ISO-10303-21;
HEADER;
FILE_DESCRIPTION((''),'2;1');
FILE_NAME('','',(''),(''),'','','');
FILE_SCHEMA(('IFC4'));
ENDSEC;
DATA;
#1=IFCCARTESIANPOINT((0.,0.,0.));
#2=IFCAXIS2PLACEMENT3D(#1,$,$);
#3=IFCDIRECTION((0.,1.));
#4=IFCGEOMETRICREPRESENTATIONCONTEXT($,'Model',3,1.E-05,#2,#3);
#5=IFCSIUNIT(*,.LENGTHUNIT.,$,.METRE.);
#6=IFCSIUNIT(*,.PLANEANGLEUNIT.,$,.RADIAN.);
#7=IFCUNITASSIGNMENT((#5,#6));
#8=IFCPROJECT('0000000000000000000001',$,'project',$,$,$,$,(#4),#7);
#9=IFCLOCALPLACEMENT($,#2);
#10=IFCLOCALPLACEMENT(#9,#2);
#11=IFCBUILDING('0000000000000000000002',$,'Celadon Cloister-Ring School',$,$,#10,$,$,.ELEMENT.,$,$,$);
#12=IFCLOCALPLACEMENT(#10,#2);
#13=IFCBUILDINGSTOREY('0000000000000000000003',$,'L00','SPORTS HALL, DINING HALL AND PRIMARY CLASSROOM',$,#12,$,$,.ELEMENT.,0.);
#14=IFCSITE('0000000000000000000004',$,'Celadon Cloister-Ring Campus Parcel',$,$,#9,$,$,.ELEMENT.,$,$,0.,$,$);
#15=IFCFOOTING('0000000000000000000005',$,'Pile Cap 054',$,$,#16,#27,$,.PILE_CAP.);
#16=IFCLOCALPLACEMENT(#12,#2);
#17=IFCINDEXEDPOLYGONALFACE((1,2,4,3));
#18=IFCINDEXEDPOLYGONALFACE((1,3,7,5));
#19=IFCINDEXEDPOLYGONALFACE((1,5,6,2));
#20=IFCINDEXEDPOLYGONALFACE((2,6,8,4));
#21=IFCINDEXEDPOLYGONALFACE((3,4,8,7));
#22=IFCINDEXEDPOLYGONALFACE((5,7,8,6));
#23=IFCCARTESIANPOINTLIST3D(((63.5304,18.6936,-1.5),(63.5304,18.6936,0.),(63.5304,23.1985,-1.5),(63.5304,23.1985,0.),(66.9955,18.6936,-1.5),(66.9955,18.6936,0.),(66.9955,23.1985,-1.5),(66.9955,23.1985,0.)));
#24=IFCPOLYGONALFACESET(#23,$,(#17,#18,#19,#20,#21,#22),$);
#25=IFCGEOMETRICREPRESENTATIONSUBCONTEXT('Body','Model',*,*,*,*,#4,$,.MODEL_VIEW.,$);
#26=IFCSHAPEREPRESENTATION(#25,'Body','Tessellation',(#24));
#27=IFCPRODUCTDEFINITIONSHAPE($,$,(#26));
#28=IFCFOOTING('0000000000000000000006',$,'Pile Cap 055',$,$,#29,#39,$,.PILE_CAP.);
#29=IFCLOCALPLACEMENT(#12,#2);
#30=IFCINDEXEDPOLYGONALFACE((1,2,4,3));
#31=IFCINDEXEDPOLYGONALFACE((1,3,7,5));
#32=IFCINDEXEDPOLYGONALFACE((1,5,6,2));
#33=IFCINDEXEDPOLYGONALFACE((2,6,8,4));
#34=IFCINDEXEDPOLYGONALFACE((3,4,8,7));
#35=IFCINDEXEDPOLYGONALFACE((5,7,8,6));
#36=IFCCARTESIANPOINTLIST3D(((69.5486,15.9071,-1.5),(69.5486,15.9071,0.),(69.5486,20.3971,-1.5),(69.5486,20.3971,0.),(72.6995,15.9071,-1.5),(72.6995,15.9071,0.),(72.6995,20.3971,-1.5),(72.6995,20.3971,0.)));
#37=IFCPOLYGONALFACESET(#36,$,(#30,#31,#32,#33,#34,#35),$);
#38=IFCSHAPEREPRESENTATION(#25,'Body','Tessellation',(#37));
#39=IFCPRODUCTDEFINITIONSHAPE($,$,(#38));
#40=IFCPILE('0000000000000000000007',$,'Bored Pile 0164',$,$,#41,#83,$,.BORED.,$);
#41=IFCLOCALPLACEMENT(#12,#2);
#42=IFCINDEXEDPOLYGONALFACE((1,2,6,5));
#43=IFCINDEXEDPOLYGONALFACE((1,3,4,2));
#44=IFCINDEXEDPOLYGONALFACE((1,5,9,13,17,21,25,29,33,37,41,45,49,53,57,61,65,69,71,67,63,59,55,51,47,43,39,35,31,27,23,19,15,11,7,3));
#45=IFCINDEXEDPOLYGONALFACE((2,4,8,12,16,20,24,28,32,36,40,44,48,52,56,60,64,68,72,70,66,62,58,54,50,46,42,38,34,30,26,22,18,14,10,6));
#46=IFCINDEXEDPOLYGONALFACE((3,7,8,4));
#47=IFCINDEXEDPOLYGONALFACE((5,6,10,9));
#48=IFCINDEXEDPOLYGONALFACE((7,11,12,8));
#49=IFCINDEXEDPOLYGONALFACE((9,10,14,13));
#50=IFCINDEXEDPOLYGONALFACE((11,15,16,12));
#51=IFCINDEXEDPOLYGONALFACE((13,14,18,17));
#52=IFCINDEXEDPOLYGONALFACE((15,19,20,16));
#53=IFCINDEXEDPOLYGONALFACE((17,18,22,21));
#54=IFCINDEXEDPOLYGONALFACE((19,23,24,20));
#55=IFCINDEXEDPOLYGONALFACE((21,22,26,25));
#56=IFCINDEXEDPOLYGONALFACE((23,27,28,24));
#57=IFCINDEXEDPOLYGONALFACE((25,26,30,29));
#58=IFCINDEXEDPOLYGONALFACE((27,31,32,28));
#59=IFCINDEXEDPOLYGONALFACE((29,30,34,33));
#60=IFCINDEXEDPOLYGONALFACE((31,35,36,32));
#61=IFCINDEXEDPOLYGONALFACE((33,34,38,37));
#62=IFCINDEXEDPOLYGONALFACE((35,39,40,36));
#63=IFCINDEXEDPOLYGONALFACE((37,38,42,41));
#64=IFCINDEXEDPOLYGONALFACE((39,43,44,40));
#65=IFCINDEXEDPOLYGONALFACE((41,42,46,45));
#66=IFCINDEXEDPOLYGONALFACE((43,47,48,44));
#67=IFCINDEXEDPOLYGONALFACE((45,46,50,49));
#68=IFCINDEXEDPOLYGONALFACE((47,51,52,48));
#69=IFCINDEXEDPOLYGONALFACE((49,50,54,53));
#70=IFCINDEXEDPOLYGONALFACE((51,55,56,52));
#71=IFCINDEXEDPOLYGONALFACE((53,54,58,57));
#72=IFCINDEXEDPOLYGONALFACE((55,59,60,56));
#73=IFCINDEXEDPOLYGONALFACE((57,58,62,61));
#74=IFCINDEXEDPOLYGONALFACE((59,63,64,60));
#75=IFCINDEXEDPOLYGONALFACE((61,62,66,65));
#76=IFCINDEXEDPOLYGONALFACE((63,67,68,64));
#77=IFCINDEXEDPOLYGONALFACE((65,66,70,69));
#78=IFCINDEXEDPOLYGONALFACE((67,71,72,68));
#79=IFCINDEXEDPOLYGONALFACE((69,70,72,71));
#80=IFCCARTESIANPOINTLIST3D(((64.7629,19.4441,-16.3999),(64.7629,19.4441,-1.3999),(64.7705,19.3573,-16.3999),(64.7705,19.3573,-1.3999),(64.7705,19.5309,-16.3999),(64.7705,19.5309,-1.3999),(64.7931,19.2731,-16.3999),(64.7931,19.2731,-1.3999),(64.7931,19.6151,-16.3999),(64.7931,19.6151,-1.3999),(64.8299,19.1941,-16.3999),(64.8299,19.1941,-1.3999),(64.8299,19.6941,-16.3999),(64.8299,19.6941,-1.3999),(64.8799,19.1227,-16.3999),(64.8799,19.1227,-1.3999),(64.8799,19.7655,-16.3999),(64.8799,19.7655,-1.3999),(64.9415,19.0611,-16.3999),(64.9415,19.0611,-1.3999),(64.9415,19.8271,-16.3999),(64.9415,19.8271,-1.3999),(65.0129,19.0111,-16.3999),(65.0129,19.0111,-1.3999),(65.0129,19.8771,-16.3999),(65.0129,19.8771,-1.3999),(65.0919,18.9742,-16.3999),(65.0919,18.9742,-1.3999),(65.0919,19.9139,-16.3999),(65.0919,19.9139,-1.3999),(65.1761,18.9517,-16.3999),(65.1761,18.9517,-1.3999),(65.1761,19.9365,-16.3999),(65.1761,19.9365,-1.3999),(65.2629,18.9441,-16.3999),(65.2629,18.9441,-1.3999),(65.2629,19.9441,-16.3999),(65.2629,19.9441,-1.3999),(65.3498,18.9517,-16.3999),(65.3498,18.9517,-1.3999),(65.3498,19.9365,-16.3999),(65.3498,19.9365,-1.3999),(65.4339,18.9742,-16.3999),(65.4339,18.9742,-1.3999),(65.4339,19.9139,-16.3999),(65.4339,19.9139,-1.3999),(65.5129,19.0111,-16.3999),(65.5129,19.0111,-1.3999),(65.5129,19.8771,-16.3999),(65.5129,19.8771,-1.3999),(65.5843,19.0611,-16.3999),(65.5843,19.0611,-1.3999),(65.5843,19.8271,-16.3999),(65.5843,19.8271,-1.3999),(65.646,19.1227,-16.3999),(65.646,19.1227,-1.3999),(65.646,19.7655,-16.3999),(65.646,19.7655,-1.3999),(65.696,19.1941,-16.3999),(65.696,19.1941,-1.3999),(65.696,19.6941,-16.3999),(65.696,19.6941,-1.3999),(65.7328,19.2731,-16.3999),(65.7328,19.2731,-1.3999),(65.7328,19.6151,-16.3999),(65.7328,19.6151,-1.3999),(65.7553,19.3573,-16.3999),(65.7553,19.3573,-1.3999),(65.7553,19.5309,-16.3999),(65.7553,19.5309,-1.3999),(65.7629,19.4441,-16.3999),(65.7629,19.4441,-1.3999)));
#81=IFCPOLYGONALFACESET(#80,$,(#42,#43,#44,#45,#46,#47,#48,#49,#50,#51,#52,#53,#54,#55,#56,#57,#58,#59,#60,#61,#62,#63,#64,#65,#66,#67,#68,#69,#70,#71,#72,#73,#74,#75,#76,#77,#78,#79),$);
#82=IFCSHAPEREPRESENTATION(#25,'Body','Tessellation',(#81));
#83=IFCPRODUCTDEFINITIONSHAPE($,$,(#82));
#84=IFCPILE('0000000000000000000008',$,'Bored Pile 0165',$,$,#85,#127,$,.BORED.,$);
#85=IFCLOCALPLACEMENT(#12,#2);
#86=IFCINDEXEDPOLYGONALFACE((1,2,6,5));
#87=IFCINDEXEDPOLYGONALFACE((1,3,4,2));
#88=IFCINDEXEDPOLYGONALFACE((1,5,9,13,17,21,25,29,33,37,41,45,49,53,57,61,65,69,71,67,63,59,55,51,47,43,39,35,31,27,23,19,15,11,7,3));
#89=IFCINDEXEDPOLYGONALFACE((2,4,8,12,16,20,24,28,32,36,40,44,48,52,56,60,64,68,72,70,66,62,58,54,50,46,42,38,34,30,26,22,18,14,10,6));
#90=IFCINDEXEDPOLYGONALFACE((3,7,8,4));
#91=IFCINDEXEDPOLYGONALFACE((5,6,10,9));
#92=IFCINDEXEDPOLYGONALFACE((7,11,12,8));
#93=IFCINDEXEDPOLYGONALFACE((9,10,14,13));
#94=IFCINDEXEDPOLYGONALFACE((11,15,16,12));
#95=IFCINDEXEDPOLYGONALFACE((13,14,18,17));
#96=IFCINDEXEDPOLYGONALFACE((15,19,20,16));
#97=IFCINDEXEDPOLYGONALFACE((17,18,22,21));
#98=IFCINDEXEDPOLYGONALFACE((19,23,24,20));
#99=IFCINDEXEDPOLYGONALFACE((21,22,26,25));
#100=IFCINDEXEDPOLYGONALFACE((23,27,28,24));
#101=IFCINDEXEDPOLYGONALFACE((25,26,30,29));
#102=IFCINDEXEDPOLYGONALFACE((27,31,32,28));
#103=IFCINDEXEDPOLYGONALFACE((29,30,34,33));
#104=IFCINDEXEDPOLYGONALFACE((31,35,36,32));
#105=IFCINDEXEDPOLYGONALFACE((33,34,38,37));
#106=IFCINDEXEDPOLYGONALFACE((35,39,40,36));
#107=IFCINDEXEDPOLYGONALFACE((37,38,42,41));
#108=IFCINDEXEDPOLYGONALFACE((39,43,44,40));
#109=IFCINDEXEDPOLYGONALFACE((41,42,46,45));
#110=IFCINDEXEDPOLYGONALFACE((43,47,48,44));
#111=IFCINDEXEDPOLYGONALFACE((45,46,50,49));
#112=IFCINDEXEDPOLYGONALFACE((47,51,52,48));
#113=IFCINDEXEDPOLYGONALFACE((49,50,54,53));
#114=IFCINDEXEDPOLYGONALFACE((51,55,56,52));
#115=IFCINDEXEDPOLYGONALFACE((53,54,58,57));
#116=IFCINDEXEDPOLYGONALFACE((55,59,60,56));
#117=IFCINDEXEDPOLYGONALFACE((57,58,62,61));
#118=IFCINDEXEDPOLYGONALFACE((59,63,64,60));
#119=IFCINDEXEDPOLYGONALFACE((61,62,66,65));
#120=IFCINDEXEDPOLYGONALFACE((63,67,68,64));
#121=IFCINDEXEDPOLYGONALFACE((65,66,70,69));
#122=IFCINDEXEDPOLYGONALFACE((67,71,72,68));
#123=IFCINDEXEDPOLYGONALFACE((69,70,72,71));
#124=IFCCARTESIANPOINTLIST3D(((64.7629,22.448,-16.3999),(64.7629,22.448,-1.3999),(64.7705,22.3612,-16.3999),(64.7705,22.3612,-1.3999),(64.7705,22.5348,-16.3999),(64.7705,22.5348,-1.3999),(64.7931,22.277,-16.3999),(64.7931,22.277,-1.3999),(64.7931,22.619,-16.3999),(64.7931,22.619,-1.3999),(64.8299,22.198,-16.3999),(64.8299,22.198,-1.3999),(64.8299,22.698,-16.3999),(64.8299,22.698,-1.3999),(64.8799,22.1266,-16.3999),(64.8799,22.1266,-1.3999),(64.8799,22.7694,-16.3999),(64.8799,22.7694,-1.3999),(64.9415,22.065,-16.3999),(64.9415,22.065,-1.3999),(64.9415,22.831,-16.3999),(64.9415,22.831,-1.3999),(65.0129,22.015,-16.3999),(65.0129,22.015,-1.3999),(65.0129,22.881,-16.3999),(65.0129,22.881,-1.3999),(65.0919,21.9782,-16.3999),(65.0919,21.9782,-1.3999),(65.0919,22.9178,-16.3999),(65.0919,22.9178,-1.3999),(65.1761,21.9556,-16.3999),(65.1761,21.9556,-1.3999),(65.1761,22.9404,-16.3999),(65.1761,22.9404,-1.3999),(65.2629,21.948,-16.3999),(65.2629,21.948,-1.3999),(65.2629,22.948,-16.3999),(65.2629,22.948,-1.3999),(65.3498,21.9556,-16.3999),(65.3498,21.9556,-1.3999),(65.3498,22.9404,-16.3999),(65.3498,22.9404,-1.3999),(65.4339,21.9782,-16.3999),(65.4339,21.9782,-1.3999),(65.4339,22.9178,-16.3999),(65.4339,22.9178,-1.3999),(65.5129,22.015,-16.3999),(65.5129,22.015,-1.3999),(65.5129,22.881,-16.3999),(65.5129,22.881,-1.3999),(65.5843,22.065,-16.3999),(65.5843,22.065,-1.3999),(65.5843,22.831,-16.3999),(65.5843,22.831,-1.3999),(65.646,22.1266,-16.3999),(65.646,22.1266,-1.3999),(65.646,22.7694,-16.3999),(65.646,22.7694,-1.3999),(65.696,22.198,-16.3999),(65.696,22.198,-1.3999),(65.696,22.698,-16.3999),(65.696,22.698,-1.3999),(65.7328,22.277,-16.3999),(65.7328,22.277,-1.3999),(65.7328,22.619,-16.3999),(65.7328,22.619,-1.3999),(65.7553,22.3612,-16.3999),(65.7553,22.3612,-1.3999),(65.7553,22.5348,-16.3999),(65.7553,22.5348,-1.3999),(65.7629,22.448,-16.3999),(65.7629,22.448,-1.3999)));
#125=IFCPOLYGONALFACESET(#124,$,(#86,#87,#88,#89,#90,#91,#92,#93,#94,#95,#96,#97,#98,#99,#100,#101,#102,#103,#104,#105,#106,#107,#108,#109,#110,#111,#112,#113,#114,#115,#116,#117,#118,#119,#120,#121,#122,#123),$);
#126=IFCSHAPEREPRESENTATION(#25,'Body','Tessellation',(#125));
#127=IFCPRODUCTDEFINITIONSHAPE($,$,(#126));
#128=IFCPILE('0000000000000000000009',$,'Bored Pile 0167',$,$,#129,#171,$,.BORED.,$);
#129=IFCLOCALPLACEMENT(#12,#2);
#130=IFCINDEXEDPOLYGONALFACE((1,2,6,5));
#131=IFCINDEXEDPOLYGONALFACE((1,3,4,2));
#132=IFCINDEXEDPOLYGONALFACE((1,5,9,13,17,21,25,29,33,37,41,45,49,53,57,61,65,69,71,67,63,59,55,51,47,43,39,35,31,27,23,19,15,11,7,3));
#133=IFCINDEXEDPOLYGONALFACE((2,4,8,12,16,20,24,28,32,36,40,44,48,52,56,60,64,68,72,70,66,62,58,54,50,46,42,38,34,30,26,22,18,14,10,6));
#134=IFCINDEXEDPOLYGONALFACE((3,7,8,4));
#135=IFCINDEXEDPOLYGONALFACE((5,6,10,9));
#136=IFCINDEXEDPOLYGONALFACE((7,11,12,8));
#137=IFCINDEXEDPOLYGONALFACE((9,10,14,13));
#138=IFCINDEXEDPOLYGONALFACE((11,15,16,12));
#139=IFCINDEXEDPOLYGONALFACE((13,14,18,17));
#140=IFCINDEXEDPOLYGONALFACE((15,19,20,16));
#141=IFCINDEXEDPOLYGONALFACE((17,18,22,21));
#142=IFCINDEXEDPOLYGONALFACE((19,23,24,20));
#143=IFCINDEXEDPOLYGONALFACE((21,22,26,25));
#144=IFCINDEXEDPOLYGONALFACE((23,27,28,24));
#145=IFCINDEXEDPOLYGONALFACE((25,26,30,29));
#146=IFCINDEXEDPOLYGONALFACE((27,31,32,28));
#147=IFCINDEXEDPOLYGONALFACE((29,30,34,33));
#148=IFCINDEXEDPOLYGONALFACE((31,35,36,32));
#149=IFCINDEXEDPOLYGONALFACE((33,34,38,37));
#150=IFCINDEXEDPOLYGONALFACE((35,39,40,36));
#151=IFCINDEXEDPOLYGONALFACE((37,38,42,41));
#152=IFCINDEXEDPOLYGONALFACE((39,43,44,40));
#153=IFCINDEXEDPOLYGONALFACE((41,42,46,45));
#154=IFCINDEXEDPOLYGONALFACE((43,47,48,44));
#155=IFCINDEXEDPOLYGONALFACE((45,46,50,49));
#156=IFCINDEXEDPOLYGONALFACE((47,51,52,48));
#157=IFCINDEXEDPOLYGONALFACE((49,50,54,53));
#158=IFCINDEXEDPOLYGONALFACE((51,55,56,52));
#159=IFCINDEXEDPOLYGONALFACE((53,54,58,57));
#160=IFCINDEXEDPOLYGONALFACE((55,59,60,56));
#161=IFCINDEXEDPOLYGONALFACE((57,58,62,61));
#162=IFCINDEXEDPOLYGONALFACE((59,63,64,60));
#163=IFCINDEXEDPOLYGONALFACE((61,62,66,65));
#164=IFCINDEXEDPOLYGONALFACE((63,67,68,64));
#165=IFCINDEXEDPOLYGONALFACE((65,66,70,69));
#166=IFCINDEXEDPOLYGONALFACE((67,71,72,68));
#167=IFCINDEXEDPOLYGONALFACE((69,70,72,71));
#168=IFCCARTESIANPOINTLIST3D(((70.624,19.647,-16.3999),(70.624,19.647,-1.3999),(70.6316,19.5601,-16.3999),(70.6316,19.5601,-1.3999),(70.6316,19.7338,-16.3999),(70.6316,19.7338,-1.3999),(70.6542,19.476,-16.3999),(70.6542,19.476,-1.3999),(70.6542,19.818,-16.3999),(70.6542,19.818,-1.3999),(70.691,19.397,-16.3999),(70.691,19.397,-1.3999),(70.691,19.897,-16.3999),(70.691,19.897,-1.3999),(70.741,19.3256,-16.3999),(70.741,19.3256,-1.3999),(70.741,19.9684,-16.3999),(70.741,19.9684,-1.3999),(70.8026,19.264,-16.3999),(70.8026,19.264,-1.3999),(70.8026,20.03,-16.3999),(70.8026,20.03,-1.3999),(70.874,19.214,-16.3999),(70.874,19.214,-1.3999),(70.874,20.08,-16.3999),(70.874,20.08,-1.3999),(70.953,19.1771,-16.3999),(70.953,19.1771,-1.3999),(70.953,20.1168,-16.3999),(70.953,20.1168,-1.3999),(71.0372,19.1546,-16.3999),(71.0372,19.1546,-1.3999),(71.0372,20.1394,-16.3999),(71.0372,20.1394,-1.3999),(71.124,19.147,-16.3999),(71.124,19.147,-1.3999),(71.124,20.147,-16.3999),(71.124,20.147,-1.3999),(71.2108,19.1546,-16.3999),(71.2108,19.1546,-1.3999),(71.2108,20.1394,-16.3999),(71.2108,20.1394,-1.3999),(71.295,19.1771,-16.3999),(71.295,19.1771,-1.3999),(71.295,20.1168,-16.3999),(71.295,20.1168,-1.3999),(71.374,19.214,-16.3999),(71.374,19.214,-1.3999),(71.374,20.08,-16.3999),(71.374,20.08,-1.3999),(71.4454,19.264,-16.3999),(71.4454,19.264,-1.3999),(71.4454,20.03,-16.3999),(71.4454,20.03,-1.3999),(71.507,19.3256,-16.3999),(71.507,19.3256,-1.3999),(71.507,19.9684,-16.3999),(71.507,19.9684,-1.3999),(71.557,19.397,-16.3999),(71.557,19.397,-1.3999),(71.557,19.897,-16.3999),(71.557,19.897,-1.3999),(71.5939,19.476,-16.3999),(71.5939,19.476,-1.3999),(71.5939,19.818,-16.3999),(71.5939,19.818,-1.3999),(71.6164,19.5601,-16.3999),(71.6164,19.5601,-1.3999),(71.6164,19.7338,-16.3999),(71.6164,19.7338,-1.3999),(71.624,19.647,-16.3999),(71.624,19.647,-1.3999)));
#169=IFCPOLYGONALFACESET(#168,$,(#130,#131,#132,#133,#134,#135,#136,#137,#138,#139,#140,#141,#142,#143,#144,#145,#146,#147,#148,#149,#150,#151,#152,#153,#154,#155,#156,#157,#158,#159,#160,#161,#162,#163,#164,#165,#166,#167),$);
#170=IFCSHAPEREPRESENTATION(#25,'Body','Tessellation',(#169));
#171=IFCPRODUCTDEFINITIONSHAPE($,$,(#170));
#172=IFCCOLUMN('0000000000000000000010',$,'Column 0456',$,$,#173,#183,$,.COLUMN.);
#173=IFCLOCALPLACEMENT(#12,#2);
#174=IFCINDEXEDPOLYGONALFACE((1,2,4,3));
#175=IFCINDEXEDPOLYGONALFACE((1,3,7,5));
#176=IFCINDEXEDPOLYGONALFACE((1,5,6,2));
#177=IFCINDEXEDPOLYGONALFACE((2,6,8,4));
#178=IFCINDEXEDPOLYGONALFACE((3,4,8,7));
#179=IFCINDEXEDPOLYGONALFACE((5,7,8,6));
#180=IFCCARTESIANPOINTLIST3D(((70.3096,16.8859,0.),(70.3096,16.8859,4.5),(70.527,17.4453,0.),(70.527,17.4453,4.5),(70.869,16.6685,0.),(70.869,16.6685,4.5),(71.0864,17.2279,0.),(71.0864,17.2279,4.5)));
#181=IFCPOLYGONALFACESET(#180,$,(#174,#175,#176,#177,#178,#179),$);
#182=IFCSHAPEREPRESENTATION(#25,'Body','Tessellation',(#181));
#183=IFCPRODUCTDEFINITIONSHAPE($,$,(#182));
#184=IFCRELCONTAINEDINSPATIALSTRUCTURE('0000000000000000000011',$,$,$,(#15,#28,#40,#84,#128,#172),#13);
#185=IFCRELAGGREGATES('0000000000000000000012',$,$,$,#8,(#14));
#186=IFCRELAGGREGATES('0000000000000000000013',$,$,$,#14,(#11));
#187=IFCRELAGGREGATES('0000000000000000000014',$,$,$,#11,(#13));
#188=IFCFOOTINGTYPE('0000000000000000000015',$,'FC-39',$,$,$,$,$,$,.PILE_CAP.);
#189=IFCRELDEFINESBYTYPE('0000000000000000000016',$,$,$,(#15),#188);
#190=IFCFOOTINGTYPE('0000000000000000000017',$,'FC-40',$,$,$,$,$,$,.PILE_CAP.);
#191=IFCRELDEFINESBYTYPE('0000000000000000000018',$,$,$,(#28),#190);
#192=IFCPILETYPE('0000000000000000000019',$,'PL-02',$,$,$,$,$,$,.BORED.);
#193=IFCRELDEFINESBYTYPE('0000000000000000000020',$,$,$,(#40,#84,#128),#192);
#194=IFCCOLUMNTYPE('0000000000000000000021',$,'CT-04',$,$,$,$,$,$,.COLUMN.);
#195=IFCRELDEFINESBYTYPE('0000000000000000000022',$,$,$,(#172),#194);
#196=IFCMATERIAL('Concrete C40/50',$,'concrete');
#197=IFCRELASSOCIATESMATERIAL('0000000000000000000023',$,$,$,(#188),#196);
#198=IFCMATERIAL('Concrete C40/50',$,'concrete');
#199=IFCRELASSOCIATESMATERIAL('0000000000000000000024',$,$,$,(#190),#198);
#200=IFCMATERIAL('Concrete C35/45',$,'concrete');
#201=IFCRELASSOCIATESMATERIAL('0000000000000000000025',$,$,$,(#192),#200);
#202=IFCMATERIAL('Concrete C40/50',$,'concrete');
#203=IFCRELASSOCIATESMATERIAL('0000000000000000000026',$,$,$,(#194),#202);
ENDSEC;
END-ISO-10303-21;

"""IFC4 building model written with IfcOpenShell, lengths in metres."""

from ifc_helpers import new_model, si_unit, direction, frame, origin, origin_2d, place, context, subcontext, project, spatial, rectangle, circle, extrude, material, material_profile, profile_set, type_object, element, save


model = new_model("IFC4")

# Units and contexts
model_context = context("Model", 3, precision=1e-05, world=origin(), true_north=direction((0.0, 1.0)))
body_context = subcontext(model_context, "Body", "Model", "MODEL_VIEW")
ifc_project = project(units=[si_unit("LENGTHUNIT", "METRE"), si_unit("PLANEANGLEUNIT", "RADIAN")], contexts=[model_context])

# Site, building, storey
site_placement = place(None, origin())
site = spatial("IfcSite", under=ifc_project, at=site_placement, Name="Celadon Cloister-Ring Campus Parcel", CompositionType="ELEMENT", RefElevation=0.0)
building_placement = place(site_placement, origin())
building = spatial("IfcBuilding", under=site, at=building_placement, Name="Celadon Cloister-Ring School", CompositionType="ELEMENT")
storey_placement = place(building_placement, origin())
storey = spatial("IfcBuildingStorey", under=building, at=storey_placement, Name="L00", Description="SPORTS HALL, DINING HALL AND PRIMARY CLASSROOM", CompositionType="ELEMENT", Elevation=0.0)

# Footings
ifc_material_1 = material(Name="Concrete C40/50", Category="concrete")
footing_type_1 = type_object("IfcFootingType", Name="FC-39", PredefinedType="PILE_CAP", material=ifc_material_1)
footing_1_placement = place(storey_placement, frame((65.2629, 20.946, -1.5), z_axis=(0.0, 0.0, 1.0), x_axis=(1.0, 0.0, 0.0)))
element("IfcFooting", 1, at=footing_1_placement, inside=storey, type_object=footing_type_1, Name="Pile Cap 054", PredefinedType="PILE_CAP", context=body_context, shape_type="SweptSolid", body=[
    extrude(rectangle(XDim=3.4651, YDim=4.5049, at=origin_2d()), origin(), (0.0, 0.0, 1.0), 1.5),
])
ifc_material_2 = material(Name="Concrete C40/50", Category="concrete")
footing_type_2 = type_object("IfcFootingType", Name="FC-40", PredefinedType="PILE_CAP", material=ifc_material_2)
footing_2_placement = place(storey_placement, frame((71.124, 18.1521, -1.5), z_axis=(0.0, 0.0, 1.0), x_axis=(1.0, 0.0, 0.0)))
element("IfcFooting", 2, at=footing_2_placement, inside=storey, type_object=footing_type_2, Name="Pile Cap 055", PredefinedType="PILE_CAP", context=body_context, shape_type="SweptSolid", body=[
    extrude(rectangle(XDim=3.1509, YDim=4.49, at=origin_2d()), origin(), (0.0, 0.0, 1.0), 1.5),
])

# Piles
ifc_material_3 = material(Name="Concrete C35/45", Category="concrete")
ifc_material_profile_1 = material_profile(ifc_material_3, circle(Radius=0.5, at=origin_2d()), Name="PILE1000")
ifc_profile_set_1 = profile_set([ifc_material_profile_1], Name="Concrete C35/45")
pile_type = type_object("IfcPileType", Name="PL-02", PredefinedType="BORED", material=ifc_profile_set_1)
for number, where, z_axis, x_axis, name in (
    (3, (65.2629, 19.4441, -1.3999), (0.0, 0.0, -1.0), (1.0, 0.0, 0.0), "Bored Pile 0164"),
    (4, (65.2629, 22.448, -1.3999), (0.0, 0.0, -1.0), (1.0, 0.0, 0.0), "Bored Pile 0165"),
    (5, (71.124, 19.647, -1.3999), (0.0, 0.0, -1.0), (1.0, 0.0, 0.0), "Bored Pile 0167"),
):
    element("IfcPile", number, at=place(storey_placement, frame(where, z_axis=z_axis, x_axis=x_axis)), inside=storey, type_object=pile_type, Name=name, PredefinedType="BORED", context=body_context, shape_type="SweptSolid", body=[
        extrude(circle(Radius=0.5, at=origin_2d()), origin(), (0.0, 0.0, 1.0), 15.0),
    ])

# Column
ifc_material_4 = material(Name="Concrete C40/50", Category="concrete")
ifc_material_profile_2 = material_profile(ifc_material_4, rectangle(XDim=0.6001, YDim=0.6001, at=origin_2d()), Name="RC600X600")
ifc_profile_set_2 = profile_set([ifc_material_profile_2], Name="Concrete C40/50")
column_type_1 = type_object("IfcColumnType", Name="CT-04", PredefinedType="COLUMN", material=ifc_profile_set_2)
column_placement = place(storey_placement, frame((70.698, 17.0569, 0.0), z_axis=(0.0, 0.0, 1.0), x_axis=(-0.362275, -0.932071, 0.0)))
element("IfcColumn", 6, at=column_placement, inside=storey, type_object=column_type_1, Name="Column 0456", PredefinedType="COLUMN", context=body_context, shape_type="SweptSolid", body=[
    extrude(rectangle(XDim=0.6001, YDim=0.6001, at=origin_2d()), origin(), (0.0, 0.0, 1.0), 4.5),
])

save(model, "model.ifc")
